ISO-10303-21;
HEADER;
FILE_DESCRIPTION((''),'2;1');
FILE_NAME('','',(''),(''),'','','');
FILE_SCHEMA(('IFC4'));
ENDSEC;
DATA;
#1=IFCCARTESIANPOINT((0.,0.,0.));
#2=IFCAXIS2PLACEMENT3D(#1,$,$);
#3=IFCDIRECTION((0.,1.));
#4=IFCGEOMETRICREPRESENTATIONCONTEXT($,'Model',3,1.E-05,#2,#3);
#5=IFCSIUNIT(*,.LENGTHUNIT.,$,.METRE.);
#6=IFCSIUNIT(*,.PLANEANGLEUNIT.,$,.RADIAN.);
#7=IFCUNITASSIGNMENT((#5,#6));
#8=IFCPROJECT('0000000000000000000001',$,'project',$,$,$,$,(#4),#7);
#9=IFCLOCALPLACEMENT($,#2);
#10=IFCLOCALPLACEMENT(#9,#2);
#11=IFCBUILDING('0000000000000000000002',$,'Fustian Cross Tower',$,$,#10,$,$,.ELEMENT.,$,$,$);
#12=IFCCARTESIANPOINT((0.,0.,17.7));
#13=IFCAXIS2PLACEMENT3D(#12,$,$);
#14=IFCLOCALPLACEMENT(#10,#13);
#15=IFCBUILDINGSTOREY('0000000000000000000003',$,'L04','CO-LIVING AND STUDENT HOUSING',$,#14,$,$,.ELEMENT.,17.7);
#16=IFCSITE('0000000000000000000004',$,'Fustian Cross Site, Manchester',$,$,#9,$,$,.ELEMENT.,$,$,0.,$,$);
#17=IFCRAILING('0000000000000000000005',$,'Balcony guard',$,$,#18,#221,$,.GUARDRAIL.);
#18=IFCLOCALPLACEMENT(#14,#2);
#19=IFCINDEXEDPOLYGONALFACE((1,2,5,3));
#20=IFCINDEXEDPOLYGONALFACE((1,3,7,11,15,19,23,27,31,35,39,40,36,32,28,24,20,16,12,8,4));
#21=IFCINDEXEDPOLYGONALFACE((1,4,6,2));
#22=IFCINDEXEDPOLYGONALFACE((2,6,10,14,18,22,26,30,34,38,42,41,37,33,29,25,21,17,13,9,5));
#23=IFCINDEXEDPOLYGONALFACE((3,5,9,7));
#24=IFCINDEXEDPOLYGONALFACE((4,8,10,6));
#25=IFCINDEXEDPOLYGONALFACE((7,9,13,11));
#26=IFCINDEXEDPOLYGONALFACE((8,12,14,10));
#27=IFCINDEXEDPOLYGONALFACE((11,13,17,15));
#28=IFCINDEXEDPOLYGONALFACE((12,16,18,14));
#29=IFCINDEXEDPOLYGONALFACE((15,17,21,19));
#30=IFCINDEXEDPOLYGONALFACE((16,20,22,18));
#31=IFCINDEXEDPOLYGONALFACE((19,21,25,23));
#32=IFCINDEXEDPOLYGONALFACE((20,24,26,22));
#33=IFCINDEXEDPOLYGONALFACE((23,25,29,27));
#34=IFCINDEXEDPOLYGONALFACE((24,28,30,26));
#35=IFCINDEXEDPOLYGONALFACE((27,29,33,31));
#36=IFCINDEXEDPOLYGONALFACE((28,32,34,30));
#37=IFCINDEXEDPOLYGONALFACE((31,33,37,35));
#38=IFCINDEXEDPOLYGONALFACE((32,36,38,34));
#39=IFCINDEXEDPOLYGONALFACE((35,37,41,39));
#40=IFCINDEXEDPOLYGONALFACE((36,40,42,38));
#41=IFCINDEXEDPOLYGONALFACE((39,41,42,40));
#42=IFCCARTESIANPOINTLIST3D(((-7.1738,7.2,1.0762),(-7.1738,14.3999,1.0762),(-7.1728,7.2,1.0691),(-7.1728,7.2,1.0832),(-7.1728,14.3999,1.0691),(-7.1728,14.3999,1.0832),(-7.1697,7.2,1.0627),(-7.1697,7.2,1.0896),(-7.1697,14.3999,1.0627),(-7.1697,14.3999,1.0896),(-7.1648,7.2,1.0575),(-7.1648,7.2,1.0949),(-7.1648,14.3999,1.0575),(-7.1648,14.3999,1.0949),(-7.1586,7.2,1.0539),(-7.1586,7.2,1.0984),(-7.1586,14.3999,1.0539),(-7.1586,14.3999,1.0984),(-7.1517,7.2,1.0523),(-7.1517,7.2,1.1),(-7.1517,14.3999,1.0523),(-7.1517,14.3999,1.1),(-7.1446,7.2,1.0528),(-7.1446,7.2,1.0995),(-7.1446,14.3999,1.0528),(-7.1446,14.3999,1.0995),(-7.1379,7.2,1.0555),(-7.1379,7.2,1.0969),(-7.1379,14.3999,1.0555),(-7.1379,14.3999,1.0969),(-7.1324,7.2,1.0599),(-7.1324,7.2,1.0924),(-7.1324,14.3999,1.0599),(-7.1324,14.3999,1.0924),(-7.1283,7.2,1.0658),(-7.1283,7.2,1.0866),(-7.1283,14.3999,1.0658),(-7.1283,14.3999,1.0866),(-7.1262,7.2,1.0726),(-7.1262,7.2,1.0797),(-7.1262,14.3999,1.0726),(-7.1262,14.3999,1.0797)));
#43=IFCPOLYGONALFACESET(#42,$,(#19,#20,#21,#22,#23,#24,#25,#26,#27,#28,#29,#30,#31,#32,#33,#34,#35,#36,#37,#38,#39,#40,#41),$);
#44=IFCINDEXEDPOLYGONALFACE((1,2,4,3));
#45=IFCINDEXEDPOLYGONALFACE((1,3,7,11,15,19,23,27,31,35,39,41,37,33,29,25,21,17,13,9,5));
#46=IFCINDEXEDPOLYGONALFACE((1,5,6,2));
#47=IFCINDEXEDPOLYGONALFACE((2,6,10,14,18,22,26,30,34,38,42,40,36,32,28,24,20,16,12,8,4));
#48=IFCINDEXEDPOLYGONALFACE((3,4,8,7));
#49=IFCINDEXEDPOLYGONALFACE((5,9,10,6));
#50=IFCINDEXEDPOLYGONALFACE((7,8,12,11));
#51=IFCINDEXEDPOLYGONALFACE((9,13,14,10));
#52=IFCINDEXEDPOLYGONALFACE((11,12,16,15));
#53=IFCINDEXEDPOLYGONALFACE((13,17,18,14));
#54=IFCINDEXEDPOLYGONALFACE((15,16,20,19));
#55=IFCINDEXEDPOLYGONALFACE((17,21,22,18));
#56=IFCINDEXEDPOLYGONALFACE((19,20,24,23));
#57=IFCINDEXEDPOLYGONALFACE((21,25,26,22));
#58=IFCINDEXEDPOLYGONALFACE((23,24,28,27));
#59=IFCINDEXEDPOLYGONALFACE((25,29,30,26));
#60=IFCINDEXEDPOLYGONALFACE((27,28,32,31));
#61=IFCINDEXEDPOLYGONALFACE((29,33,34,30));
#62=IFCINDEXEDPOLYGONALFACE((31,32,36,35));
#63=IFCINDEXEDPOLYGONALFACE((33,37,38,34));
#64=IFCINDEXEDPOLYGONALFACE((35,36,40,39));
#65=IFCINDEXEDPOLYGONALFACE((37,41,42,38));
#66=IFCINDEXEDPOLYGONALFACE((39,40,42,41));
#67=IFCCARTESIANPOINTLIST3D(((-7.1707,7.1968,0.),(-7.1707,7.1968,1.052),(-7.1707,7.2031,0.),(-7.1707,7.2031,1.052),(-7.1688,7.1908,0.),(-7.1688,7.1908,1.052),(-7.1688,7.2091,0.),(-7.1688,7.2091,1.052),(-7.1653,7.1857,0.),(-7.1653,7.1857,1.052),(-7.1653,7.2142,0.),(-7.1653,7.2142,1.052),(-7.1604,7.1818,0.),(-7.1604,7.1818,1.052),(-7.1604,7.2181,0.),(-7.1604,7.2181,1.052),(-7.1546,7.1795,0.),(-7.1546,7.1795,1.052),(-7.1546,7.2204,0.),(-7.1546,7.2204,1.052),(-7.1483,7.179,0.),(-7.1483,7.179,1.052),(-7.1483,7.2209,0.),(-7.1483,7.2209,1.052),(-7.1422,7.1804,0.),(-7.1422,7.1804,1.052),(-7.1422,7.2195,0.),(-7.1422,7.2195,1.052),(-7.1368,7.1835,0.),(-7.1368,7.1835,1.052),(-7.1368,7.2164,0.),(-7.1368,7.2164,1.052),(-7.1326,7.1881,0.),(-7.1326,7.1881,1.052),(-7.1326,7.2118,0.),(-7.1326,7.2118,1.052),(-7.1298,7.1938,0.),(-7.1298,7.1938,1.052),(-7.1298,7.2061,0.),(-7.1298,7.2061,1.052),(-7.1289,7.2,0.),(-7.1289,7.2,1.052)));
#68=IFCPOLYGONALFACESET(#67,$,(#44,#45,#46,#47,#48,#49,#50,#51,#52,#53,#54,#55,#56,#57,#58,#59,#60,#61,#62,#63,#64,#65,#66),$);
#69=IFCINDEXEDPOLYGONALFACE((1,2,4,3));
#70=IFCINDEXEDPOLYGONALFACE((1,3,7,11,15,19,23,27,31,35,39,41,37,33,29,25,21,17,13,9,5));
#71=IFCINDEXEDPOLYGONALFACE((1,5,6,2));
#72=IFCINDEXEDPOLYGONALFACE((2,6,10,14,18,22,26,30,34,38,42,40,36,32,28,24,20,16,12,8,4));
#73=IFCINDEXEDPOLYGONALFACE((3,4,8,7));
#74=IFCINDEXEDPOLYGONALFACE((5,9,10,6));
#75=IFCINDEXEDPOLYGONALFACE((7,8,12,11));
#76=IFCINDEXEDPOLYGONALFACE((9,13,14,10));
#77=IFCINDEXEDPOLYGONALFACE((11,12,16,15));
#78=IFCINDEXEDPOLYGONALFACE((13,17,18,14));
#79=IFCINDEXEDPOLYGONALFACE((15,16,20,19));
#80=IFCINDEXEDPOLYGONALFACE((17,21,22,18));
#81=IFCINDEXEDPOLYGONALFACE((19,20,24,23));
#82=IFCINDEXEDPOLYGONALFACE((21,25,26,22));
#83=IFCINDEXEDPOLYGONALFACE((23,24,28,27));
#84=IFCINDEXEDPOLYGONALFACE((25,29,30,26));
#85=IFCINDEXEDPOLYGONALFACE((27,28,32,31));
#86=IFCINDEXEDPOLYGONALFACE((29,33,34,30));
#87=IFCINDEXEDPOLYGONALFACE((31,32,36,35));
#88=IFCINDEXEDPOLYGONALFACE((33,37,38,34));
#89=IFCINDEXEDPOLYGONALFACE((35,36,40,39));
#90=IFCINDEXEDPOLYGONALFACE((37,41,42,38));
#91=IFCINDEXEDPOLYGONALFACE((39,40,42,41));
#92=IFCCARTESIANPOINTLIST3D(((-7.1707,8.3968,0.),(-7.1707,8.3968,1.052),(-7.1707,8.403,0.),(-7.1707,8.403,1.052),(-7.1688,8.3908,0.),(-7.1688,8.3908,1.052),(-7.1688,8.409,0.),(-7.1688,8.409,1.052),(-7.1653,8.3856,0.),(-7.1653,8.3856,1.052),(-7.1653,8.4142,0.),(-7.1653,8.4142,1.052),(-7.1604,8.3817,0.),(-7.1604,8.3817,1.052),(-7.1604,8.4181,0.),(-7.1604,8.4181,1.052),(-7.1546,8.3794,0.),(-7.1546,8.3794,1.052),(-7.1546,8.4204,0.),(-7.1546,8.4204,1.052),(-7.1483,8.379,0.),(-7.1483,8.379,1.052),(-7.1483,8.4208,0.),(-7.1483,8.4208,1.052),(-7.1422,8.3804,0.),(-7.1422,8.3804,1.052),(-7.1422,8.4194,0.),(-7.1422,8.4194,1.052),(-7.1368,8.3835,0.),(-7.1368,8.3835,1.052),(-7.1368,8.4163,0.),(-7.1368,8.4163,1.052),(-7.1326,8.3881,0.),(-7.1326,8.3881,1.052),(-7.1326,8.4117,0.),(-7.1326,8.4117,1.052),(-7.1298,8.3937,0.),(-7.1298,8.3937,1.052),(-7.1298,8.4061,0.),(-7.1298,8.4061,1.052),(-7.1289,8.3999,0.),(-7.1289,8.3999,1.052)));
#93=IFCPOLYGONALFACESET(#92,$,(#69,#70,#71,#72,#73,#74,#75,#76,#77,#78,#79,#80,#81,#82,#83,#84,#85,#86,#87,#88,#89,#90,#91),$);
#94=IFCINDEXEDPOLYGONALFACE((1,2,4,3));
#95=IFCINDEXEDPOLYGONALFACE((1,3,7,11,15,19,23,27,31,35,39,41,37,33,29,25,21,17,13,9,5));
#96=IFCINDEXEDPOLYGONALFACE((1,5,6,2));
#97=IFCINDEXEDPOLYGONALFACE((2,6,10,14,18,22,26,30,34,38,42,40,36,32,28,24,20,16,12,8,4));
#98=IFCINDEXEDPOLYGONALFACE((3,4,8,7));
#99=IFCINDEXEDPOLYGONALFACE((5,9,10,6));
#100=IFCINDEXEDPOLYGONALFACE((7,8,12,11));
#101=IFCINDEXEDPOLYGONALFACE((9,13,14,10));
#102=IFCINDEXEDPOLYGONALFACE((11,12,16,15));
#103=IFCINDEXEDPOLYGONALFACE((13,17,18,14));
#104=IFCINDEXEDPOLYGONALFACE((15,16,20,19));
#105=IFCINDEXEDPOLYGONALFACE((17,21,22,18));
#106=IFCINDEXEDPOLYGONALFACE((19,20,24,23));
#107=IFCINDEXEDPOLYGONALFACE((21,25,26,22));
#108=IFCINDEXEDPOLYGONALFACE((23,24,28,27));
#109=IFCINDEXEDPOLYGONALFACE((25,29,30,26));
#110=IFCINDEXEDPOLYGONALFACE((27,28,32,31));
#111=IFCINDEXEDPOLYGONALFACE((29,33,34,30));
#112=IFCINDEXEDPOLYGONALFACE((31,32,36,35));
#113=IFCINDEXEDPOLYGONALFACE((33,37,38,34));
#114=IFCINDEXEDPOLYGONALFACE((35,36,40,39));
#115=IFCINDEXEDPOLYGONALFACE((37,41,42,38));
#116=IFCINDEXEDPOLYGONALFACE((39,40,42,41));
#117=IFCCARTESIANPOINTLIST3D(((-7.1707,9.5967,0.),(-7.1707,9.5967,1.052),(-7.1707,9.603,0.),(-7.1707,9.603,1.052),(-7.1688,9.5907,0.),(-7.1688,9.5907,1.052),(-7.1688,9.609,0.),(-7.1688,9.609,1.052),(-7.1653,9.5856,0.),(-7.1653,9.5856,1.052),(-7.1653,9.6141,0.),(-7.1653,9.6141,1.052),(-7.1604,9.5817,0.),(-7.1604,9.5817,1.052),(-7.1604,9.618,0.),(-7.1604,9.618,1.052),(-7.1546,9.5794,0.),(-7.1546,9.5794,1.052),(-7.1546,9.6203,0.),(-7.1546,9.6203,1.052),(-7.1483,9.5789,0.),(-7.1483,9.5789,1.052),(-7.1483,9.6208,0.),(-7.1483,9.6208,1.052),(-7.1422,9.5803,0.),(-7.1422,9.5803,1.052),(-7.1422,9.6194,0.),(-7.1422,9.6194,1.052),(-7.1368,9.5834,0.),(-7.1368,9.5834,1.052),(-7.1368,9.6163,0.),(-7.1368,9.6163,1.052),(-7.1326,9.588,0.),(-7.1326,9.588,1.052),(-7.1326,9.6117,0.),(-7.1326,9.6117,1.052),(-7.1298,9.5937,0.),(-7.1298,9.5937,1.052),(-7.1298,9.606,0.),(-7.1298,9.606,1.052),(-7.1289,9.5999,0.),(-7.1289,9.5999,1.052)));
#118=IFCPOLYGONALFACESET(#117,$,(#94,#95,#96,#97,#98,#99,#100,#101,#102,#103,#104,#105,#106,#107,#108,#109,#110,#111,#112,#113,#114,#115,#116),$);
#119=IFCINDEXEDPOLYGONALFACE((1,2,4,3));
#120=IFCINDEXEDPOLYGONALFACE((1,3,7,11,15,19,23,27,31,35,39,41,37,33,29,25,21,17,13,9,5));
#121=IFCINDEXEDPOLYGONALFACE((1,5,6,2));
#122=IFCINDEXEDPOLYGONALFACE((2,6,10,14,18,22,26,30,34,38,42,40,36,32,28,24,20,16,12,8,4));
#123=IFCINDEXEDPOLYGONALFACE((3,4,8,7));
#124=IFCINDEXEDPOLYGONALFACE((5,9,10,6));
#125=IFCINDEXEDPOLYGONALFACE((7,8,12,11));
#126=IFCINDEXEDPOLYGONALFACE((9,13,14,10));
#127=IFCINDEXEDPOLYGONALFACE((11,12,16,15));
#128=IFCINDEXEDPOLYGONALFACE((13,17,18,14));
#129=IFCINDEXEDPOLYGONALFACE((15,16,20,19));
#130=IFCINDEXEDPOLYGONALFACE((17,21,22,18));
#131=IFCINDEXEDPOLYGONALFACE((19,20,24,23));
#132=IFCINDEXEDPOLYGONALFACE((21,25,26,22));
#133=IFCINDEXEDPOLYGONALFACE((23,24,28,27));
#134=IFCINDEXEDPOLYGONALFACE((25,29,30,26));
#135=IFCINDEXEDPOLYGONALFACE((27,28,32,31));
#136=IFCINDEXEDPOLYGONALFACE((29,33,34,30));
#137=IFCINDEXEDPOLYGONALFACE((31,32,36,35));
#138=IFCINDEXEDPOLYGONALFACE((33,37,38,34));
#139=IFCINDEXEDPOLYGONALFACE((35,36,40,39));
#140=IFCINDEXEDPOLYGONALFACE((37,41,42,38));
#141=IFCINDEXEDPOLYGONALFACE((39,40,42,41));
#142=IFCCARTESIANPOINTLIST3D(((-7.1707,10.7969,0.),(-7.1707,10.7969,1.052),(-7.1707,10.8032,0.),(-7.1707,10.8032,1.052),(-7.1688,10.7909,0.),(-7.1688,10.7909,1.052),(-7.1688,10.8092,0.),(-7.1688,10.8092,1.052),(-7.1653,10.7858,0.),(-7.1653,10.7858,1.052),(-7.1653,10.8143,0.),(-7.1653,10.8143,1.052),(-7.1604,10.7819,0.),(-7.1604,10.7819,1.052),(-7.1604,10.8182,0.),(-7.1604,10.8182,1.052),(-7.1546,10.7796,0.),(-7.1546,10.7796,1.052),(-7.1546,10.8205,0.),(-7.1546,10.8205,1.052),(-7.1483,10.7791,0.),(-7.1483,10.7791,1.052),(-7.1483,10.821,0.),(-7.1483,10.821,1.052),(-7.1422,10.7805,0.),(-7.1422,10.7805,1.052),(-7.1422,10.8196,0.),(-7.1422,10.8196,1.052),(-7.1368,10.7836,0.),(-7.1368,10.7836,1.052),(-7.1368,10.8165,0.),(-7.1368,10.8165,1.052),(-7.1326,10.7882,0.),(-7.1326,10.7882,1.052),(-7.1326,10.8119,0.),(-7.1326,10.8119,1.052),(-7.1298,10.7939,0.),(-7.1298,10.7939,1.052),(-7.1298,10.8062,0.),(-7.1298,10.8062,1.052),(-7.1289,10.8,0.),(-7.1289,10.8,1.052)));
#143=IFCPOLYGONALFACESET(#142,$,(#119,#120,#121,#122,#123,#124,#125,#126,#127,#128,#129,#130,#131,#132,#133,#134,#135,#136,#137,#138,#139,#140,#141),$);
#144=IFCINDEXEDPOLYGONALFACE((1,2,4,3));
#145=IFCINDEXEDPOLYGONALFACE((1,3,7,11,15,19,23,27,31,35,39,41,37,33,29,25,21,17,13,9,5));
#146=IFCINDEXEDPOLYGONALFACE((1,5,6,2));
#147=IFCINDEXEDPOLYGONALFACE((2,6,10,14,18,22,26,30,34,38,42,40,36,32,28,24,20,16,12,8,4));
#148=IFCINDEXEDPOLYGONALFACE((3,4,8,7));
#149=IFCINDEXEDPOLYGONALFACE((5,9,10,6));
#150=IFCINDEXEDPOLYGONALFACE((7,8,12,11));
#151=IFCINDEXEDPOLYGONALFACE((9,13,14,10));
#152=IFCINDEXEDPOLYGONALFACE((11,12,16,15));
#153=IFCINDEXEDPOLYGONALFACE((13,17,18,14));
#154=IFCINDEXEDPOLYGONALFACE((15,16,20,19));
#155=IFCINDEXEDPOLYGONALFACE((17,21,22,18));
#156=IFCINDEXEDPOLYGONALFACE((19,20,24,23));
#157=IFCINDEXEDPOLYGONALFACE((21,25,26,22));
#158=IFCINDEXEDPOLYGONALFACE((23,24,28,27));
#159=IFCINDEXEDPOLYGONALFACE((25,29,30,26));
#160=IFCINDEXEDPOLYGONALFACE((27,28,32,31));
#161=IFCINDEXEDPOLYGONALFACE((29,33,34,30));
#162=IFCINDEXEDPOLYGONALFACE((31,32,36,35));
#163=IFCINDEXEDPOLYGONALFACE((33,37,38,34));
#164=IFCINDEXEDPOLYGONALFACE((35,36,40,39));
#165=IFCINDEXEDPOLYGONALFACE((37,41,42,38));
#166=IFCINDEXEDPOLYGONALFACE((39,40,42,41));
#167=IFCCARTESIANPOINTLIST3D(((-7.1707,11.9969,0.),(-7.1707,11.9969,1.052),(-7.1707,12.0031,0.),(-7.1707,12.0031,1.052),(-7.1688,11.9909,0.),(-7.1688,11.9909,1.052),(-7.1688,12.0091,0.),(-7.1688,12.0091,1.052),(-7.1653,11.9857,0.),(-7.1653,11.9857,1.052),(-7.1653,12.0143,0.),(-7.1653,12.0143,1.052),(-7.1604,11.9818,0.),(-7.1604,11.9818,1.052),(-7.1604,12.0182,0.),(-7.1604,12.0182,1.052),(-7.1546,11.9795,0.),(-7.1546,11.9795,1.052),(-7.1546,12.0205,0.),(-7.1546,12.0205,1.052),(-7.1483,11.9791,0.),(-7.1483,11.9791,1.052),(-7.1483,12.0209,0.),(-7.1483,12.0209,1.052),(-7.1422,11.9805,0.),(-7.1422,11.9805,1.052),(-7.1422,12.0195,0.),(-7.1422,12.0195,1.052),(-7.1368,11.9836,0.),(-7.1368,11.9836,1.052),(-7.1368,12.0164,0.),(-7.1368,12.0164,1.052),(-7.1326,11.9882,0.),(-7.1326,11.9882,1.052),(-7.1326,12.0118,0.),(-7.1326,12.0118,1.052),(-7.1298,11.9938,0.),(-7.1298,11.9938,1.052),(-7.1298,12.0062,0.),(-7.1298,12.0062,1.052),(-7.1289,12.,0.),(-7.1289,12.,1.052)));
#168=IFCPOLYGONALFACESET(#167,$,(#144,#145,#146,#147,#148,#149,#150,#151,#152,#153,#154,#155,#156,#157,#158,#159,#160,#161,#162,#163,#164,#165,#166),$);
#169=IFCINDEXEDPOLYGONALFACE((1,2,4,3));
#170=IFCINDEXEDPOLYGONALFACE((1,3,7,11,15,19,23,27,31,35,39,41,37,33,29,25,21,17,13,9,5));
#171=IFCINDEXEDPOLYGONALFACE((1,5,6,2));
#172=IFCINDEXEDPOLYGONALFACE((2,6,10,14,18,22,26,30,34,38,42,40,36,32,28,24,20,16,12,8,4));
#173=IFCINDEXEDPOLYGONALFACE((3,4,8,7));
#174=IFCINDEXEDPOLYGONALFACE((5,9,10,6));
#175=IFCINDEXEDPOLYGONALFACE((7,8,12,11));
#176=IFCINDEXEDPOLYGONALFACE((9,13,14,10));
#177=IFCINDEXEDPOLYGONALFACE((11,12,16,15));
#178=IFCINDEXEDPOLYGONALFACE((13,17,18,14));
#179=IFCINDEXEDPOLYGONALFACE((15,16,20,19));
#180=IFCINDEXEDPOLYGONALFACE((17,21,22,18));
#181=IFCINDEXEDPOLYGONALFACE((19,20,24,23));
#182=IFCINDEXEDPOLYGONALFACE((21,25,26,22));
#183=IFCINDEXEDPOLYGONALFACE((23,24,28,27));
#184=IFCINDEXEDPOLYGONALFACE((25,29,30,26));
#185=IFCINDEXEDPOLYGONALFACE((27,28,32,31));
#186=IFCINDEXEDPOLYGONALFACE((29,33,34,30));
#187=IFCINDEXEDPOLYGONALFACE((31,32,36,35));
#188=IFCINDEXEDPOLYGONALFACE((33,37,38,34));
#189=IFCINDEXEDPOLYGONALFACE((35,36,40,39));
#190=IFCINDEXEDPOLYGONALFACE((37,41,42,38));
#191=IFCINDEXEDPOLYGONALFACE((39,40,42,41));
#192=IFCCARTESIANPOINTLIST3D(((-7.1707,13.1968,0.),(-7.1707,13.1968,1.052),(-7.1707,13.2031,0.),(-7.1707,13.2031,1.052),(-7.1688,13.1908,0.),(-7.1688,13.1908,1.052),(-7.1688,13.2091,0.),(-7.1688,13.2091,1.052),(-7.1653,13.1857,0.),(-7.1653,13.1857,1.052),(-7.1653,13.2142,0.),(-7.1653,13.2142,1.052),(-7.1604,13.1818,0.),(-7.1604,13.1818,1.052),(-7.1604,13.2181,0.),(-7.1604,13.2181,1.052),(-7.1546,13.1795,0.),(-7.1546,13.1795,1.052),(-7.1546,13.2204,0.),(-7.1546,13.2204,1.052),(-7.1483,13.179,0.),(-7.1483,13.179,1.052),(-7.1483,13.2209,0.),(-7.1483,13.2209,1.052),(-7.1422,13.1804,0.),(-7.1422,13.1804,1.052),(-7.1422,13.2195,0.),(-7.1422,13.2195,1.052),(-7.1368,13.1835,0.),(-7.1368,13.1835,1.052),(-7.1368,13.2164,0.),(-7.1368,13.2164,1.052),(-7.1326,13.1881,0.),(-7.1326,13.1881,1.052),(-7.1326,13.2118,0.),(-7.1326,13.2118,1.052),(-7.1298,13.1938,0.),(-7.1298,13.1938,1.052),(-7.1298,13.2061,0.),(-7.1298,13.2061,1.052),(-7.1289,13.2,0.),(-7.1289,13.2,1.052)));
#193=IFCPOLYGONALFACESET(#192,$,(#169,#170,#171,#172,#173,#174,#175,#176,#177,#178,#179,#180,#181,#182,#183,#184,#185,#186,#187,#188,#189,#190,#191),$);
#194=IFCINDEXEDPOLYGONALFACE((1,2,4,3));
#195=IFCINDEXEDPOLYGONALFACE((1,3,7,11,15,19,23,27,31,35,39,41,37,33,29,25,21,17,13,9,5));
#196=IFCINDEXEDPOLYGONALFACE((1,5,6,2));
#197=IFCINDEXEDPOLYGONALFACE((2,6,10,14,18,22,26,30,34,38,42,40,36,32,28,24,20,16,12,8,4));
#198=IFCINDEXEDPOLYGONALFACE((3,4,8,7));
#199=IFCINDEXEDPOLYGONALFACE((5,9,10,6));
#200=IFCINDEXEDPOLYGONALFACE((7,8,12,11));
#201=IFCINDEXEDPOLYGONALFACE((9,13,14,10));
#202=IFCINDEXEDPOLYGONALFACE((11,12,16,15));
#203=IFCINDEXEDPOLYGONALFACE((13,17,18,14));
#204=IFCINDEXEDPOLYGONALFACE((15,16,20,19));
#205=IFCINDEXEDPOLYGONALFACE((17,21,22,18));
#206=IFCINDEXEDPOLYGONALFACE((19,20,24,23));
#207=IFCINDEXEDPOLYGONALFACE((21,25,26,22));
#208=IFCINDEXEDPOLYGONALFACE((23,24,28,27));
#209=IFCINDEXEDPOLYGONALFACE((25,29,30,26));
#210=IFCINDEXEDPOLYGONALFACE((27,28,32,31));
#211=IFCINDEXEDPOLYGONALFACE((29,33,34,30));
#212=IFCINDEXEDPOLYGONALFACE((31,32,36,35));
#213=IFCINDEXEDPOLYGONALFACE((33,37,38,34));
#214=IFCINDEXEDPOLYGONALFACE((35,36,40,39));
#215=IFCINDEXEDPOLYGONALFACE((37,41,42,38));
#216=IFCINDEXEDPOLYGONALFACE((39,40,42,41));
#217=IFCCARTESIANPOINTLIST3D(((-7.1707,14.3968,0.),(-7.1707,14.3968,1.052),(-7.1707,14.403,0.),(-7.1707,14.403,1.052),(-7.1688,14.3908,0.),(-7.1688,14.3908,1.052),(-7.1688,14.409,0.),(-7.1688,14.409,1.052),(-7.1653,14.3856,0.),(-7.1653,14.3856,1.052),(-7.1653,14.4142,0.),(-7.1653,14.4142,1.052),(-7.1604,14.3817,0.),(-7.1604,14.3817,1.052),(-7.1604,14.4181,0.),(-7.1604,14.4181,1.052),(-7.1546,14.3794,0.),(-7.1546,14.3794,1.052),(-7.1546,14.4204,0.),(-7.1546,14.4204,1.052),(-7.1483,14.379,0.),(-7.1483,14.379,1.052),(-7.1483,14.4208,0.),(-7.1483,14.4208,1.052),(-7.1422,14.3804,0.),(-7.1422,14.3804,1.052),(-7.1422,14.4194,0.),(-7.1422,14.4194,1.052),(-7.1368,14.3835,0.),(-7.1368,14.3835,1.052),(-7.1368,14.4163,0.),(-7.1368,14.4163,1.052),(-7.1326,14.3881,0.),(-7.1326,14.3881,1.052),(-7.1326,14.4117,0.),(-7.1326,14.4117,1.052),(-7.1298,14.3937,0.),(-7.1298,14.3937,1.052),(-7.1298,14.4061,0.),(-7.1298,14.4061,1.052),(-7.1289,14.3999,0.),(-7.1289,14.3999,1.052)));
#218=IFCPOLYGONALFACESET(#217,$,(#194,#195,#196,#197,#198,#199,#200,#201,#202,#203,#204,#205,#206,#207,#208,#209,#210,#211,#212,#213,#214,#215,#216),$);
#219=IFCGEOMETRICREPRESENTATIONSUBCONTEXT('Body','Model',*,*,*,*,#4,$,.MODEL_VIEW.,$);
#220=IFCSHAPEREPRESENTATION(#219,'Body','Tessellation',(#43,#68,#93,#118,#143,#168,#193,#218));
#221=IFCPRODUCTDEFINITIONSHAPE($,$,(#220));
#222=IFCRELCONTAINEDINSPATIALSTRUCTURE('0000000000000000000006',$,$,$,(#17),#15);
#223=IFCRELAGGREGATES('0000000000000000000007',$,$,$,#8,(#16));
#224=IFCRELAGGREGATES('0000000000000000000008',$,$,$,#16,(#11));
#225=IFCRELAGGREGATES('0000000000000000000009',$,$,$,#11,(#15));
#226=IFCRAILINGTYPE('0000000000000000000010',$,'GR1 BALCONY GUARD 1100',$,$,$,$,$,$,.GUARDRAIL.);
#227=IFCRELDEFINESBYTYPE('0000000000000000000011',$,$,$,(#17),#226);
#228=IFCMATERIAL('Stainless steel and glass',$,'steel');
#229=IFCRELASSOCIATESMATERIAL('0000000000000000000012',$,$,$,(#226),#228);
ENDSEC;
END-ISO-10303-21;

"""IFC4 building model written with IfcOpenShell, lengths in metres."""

from ifc_helpers import new_model, si_unit, direction, frame, origin, origin_2d, place, context, subcontext, project, spatial, circle, extrude, material, type_object, element, save


model = new_model("IFC4")

# Units and contexts
model_context = context("Model", 3, precision=1e-05, world=origin(), true_north=direction((0.0, 1.0)))
body_context = subcontext(model_context, "Body", "Model", "MODEL_VIEW")
ifc_project = project(units=[si_unit("LENGTHUNIT", "METRE"), si_unit("PLANEANGLEUNIT", "RADIAN")], contexts=[model_context])

# Site, building, storey
site_placement = place(None, origin())
site = spatial("IfcSite", under=ifc_project, at=site_placement, Name="Fustian Cross Site, Manchester", CompositionType="ELEMENT", RefElevation=0.0)
building_placement = place(site_placement, origin())
building = spatial("IfcBuilding", under=site, at=building_placement, Name="Fustian Cross Tower", CompositionType="ELEMENT")
storey_placement = place(building_placement, frame((0.0, 0.0, 17.7)))
storey = spatial("IfcBuildingStorey", under=building, at=storey_placement, Name="L04", Description="CO-LIVING AND STUDENT HOUSING", CompositionType="ELEMENT", Elevation=17.7)

# Railing
ifc_material_1 = material(Name="Stainless steel and glass", Category="steel")
railing_type = type_object("IfcRailingType", Name="GR1 BALCONY GUARD 1100", PredefinedType="GUARDRAIL", material=ifc_material_1)
railing_placement = place(storey_placement, frame((-7.1499, 7.2, 0.0)))
element("IfcRailing", 1, at=railing_placement, inside=storey, type_object=railing_type, Name="Balcony guard", PredefinedType="GUARDRAIL", context=body_context, shape_type="SweptSolid", body=[
    extrude(circle(Radius=0.0239, at=origin_2d()), frame((0.0, 0.0, 1.0762), z_axis=(0.0, 1.0, 0.0), x_axis=(-1.0, 0.0, 0.0)), (0.0, 0.0, 1.0), 7.2),
    extrude(circle(Radius=0.021, at=origin_2d()), origin(), (0.0, 0.0, 1.0), 1.052),
    extrude(circle(Radius=0.021, at=origin_2d()), frame((0.0, 1.2, 0.0)), (0.0, 0.0, 1.0), 1.052),
    extrude(circle(Radius=0.021, at=origin_2d()), frame((0.0, 2.3999, 0.0)), (0.0, 0.0, 1.0), 1.052),
    extrude(circle(Radius=0.021, at=origin_2d()), frame((0.0, 3.6001, 0.0)), (0.0, 0.0, 1.0), 1.052),
    extrude(circle(Radius=0.021, at=origin_2d()), frame((0.0, 4.8, 0.0)), (0.0, 0.0, 1.0), 1.052),
    extrude(circle(Radius=0.021, at=origin_2d()), frame((0.0, 6.0, 0.0)), (0.0, 0.0, 1.0), 1.052),
    extrude(circle(Radius=0.021, at=origin_2d()), frame((0.0, 7.2, 0.0)), (0.0, 0.0, 1.0), 1.052),
])

save(model, "model.ifc")
